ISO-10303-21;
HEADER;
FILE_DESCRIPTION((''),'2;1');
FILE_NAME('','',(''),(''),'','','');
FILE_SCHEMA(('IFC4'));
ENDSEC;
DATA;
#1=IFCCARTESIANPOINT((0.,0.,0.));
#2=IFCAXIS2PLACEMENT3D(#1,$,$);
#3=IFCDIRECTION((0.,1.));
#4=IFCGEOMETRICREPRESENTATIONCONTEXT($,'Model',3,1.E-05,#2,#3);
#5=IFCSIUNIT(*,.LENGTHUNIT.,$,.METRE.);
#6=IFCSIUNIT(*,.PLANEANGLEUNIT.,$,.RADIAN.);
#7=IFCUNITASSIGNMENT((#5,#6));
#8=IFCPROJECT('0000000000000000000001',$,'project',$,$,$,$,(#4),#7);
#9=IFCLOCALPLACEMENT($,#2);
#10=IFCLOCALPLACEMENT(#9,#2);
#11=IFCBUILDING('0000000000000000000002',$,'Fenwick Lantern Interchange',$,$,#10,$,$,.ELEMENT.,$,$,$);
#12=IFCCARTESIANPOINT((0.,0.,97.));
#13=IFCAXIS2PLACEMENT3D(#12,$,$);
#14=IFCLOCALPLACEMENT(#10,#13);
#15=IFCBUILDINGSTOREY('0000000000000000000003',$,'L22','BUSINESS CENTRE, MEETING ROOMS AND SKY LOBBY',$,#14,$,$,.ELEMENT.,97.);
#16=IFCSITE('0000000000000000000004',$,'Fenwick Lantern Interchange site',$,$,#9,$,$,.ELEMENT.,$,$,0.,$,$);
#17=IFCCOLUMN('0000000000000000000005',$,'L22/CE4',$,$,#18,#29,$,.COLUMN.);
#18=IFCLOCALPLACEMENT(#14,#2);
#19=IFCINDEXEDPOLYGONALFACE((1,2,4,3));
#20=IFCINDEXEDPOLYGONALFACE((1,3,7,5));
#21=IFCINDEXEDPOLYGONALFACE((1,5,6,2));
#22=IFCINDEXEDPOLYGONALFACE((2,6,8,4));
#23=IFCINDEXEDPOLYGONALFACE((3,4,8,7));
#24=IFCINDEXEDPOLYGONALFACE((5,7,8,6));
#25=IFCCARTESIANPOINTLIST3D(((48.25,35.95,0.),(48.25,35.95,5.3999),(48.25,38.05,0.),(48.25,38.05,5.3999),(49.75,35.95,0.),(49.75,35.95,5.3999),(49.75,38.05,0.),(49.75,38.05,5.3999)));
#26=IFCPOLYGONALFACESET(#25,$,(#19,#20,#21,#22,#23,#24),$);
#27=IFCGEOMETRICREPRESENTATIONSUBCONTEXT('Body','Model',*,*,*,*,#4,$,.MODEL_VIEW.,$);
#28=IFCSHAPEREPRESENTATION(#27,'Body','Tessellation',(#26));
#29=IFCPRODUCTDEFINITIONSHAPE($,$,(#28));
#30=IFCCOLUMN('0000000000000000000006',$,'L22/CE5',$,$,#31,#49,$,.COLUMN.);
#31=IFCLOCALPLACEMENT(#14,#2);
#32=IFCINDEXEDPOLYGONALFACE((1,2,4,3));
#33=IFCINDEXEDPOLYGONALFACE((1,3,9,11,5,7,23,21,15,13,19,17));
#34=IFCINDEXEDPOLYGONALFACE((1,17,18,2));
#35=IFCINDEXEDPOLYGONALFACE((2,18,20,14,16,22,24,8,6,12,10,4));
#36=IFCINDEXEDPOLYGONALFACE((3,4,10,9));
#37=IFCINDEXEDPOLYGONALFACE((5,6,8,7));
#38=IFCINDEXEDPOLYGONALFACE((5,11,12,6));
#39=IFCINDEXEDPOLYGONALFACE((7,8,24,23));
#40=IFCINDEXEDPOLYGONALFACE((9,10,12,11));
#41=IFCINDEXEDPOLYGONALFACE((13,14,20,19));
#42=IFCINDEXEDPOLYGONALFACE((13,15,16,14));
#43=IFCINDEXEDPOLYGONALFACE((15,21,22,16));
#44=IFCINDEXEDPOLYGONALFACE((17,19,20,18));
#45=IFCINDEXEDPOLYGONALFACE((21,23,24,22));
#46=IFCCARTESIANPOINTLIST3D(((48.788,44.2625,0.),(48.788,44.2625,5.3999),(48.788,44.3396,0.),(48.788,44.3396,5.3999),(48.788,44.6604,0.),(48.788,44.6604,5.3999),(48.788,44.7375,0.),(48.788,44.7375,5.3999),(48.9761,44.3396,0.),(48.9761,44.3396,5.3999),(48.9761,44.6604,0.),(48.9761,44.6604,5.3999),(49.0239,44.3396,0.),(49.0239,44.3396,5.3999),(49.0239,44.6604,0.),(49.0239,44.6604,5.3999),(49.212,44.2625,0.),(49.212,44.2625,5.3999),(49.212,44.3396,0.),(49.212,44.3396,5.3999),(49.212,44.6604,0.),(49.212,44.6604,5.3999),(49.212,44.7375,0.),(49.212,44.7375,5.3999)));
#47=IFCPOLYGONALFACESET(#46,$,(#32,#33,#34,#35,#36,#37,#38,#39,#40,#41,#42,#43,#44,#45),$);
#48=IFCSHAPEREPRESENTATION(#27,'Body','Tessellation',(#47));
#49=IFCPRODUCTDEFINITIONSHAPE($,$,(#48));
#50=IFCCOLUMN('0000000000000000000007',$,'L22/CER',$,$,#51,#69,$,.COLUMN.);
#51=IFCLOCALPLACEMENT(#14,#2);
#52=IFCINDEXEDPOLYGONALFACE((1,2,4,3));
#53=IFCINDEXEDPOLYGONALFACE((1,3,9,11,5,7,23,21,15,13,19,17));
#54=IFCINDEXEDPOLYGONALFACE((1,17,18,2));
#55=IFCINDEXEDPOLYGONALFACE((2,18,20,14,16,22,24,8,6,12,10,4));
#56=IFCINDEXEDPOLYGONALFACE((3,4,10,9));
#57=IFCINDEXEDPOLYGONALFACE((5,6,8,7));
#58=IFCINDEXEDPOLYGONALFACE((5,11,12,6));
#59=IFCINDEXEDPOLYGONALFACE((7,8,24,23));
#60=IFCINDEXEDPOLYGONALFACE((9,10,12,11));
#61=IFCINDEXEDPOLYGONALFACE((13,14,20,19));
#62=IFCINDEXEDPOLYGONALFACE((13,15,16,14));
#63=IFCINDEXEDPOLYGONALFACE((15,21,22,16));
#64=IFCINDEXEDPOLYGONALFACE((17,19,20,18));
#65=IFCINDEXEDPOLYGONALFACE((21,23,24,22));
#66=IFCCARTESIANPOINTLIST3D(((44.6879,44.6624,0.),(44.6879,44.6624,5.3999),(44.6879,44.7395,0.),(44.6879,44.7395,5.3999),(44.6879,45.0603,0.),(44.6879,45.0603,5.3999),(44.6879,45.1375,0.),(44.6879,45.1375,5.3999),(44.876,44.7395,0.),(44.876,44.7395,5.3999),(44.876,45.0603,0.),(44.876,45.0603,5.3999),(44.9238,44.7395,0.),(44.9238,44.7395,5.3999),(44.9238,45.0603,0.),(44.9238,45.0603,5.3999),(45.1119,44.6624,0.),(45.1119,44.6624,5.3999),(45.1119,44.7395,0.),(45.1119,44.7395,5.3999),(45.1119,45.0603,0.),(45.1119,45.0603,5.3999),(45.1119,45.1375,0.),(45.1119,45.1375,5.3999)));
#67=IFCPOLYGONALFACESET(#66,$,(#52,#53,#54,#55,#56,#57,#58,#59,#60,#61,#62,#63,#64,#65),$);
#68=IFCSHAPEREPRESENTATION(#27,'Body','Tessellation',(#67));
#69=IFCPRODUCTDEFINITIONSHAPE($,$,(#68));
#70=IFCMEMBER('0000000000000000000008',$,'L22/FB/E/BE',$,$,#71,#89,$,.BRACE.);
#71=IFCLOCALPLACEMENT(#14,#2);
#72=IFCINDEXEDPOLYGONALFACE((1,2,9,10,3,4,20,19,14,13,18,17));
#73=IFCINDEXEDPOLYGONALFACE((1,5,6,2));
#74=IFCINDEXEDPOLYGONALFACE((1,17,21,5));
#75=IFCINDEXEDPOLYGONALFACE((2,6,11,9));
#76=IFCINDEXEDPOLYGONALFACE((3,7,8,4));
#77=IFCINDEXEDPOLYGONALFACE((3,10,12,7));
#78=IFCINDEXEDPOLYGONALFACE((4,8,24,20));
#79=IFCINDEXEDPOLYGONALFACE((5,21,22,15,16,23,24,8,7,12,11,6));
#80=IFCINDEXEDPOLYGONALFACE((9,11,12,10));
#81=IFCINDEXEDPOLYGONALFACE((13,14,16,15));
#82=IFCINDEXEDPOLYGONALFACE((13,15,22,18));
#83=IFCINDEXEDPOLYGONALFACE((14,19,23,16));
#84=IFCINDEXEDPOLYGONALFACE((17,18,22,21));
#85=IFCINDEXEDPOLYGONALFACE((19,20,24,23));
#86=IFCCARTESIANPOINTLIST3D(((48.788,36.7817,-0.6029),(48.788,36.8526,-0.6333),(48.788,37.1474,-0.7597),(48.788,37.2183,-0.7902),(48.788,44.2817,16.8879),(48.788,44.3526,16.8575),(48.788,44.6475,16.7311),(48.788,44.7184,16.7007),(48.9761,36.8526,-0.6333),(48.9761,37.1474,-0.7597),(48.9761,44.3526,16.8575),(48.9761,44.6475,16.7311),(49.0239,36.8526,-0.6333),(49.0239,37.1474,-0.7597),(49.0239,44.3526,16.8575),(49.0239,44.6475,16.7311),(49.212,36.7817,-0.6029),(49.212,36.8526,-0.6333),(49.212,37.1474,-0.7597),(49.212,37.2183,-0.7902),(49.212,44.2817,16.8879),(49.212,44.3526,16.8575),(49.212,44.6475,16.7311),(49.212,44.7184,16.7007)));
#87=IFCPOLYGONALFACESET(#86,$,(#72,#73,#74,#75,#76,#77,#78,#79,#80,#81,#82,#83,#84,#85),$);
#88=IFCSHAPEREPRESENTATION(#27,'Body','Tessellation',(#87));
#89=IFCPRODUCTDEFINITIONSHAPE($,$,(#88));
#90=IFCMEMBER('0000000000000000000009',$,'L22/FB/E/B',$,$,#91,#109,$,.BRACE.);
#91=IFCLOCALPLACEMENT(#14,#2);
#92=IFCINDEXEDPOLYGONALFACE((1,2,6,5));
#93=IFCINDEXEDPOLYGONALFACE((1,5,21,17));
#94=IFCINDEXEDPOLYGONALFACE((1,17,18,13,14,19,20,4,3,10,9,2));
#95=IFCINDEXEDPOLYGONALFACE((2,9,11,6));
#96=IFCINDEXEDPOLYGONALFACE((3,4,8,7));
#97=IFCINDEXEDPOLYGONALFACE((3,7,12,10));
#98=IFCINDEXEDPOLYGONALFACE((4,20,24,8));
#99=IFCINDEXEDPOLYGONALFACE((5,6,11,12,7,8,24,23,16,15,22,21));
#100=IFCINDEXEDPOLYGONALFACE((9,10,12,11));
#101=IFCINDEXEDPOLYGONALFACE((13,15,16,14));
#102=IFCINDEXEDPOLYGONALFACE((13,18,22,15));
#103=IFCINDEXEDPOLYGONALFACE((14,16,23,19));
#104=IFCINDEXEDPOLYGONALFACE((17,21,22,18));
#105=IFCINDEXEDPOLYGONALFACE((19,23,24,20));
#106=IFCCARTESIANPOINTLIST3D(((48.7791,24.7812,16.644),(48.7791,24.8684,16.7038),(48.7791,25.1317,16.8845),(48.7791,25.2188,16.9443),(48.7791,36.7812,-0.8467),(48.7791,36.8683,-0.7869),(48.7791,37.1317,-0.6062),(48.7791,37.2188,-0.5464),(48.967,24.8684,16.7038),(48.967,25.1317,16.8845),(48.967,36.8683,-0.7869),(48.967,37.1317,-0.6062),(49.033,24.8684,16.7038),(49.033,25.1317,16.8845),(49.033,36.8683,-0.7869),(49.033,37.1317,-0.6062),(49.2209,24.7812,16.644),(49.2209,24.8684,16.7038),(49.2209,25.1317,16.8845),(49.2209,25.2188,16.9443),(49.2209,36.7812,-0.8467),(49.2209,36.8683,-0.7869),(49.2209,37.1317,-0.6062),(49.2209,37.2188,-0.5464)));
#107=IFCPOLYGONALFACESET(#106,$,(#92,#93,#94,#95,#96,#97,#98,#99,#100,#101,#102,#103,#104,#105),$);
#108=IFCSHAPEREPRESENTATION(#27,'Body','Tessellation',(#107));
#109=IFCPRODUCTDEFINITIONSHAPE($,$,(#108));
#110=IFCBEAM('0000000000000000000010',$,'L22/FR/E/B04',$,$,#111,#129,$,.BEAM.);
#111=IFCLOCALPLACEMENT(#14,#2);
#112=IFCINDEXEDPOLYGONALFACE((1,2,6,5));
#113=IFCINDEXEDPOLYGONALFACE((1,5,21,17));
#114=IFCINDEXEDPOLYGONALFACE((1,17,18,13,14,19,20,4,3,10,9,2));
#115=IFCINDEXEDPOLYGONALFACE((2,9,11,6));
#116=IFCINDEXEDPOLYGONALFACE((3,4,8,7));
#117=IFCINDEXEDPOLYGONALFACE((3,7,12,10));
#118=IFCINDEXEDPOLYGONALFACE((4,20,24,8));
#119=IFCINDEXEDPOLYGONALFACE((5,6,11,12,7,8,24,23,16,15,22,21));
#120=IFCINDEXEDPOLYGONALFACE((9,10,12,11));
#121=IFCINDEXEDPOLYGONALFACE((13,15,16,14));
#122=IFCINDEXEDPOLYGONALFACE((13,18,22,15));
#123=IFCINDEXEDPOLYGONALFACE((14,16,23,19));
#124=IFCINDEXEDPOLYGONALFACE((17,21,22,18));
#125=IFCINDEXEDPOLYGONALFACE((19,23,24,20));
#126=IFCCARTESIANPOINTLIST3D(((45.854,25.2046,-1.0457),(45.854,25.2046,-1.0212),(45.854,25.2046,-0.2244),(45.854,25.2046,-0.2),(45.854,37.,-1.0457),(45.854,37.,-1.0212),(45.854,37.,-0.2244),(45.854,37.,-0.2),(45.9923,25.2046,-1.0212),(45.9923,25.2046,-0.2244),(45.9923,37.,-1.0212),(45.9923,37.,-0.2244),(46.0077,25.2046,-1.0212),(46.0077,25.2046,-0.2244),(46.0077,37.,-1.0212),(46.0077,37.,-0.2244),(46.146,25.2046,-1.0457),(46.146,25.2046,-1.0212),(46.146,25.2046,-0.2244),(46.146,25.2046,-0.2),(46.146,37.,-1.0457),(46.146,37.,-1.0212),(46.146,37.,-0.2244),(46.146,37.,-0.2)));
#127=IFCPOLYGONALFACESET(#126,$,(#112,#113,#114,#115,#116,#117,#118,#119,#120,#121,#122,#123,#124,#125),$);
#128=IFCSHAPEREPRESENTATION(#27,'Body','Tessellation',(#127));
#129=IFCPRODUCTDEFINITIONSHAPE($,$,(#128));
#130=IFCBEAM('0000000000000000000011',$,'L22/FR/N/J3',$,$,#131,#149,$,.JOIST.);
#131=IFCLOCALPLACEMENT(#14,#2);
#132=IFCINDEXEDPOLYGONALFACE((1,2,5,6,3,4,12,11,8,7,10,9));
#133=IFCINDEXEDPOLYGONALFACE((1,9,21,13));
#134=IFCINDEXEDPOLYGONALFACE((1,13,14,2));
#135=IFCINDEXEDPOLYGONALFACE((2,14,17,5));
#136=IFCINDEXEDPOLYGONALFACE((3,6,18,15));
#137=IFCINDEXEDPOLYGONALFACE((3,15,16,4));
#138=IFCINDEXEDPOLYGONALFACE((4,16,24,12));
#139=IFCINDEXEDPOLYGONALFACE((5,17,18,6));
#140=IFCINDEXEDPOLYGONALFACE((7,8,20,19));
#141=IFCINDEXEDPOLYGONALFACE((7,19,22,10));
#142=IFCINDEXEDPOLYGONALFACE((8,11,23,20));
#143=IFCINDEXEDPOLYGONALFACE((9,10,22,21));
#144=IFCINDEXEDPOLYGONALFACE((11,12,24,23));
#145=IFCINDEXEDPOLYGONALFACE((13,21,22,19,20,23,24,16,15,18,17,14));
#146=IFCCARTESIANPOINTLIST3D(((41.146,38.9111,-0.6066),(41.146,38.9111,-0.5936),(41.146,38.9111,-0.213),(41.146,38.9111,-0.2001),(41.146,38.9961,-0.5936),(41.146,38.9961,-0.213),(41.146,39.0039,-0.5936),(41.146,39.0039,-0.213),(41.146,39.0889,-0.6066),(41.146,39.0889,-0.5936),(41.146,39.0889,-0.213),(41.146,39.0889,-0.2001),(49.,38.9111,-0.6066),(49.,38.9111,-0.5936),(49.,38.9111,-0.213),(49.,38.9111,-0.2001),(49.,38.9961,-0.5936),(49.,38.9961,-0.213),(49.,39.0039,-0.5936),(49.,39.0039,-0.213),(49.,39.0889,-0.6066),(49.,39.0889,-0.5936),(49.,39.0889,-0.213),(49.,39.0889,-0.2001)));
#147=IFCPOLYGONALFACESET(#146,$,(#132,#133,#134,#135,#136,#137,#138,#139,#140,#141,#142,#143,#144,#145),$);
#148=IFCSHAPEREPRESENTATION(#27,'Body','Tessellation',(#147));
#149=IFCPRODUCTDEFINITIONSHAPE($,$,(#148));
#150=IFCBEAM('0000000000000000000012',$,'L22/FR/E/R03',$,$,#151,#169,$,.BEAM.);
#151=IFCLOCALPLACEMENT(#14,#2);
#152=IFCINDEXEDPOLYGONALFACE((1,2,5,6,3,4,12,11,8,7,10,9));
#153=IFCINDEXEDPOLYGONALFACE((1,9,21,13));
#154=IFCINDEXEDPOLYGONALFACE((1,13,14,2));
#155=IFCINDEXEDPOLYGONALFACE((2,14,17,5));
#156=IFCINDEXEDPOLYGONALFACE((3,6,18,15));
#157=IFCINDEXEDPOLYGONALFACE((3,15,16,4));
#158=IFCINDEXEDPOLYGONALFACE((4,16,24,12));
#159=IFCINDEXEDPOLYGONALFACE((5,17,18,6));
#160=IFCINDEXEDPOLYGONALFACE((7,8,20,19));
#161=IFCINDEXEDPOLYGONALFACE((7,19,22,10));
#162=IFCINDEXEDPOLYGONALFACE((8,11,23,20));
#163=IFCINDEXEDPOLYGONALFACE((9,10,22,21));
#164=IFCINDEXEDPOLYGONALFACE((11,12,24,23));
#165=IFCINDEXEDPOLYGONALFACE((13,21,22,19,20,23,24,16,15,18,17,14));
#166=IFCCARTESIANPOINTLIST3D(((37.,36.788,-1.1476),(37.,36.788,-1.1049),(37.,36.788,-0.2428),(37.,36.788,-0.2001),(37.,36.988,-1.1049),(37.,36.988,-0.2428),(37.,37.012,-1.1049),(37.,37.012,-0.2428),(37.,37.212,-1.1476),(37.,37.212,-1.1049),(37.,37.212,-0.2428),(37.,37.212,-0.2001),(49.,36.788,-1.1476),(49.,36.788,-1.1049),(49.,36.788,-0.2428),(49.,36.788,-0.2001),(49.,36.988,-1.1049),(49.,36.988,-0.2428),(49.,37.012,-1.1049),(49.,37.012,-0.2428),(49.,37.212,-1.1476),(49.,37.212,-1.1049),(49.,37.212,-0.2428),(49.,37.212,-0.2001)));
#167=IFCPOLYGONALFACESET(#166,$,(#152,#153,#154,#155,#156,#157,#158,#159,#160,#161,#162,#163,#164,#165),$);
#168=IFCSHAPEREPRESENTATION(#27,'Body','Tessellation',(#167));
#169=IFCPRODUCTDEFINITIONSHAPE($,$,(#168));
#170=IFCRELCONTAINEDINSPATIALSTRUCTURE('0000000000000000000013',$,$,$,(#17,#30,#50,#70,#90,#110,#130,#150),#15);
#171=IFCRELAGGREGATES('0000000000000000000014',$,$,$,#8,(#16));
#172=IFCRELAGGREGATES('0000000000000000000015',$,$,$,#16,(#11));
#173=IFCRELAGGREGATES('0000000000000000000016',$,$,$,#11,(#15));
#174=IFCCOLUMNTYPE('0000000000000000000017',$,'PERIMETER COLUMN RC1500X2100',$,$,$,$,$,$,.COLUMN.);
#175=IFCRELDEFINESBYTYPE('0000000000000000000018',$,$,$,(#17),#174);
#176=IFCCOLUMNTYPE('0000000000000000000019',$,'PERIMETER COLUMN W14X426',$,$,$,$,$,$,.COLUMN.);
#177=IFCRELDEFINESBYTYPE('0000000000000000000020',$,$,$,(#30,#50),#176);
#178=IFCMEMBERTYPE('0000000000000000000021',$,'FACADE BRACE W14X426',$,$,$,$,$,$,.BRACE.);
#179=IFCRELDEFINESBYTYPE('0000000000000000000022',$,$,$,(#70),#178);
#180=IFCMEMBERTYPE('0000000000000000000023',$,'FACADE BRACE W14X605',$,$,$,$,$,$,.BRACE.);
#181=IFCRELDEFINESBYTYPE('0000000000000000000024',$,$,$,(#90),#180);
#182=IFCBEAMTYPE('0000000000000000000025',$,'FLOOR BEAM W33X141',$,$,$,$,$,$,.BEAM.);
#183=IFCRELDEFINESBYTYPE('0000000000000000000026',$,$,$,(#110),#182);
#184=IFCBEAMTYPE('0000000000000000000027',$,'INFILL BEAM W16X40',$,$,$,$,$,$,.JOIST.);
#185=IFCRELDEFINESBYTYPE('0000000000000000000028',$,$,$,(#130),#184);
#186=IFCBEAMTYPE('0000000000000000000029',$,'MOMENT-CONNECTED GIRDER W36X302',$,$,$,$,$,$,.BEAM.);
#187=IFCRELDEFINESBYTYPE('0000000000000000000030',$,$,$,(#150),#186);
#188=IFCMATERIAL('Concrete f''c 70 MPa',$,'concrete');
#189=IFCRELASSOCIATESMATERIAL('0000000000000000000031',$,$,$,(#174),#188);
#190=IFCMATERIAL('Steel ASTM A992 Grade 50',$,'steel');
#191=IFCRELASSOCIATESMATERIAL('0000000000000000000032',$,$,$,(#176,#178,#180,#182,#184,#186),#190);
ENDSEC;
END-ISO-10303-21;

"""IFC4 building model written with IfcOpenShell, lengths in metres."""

from ifc_helpers import new_model, si_unit, direction, frame, origin, origin_2d, place, context, subcontext, project, spatial, rectangle, i_section, extrude, material, material_profile, profile_set, type_object, element, save


model = new_model("IFC4")

# Units and contexts
model_context = context("Model", 3, precision=1e-05, world=origin(), true_north=direction((0.0, 1.0)))
body_context = subcontext(model_context, "Body", "Model", "MODEL_VIEW")
ifc_project = project(units=[si_unit("LENGTHUNIT", "METRE"), si_unit("PLANEANGLEUNIT", "RADIAN")], contexts=[model_context])

# Site, building, storey
site_placement = place(None, origin())
site = spatial("IfcSite", under=ifc_project, at=site_placement, Name="Fenwick Lantern Interchange site", CompositionType="ELEMENT", RefElevation=0.0)
building_placement = place(site_placement, origin())
building = spatial("IfcBuilding", under=site, at=building_placement, Name="Fenwick Lantern Interchange", CompositionType="ELEMENT")
storey_placement = place(building_placement, frame((0.0, 0.0, 97.0)))
storey = spatial("IfcBuildingStorey", under=building, at=storey_placement, Name="L22", Description="BUSINESS CENTRE, MEETING ROOMS AND SKY LOBBY", CompositionType="ELEMENT", Elevation=97.0)

# Columns
ifc_material_1 = material(Name="Concrete f'c 70 MPa", Category="concrete")
ifc_material_profile_1 = material_profile(ifc_material_1, rectangle(XDim=1.5, YDim=2.1001, at=origin_2d()), Name="RC1500X2100")
ifc_profile_set_1 = profile_set([ifc_material_profile_1], Name="Concrete f'c 70 MPa")
column_type_1 = type_object("IfcColumnType", Name="PERIMETER COLUMN RC1500X2100", PredefinedType="COLUMN", material=ifc_profile_set_1)
column_placement = place(storey_placement, frame((49.0, 37.0, 0.0), z_axis=(0.0, 0.0, 1.0), x_axis=(1.0, 0.0, 0.0)))
element("IfcColumn", 1, at=column_placement, inside=storey, type_object=column_type_1, Name="L22/CE4", PredefinedType="COLUMN", context=body_context, shape_type="SweptSolid", body=[
    extrude(rectangle(XDim=1.5, YDim=2.1001, at=origin_2d()), origin(), (0.0, 0.0, 1.0), 5.3999),
])
ifc_material_2 = material(Name="Steel ASTM A992 Grade 50", Category="steel")
ifc_material_profile_2 = material_profile(ifc_material_2, i_section(OverallWidth=0.4241, OverallDepth=0.4751, WebThickness=0.0479, FlangeThickness=0.0771, at=origin_2d()), Name="W14X426")
ifc_profile_set_2 = profile_set([ifc_material_profile_2], Name="Steel ASTM A992 Grade 50")
column_type_2 = type_object("IfcColumnType", Name="PERIMETER COLUMN W14X426", PredefinedType="COLUMN", material=ifc_profile_set_2)
for number, where, z_axis, x_axis, name in (
    (2, (49.0, 44.5, 0.0), (0.0, 0.0, 1.0), (1.0, 0.0, 0.0), "L22/CE5"),
    (3, (44.8999, 44.8999, 0.0), (0.0, 0.0, 1.0), (1.0, 0.0, 0.0), "L22/CER"),
):
    element("IfcColumn", number, at=place(storey_placement, frame(where, z_axis=z_axis, x_axis=x_axis)), inside=storey, type_object=column_type_2, Name=name, PredefinedType="COLUMN", context=body_context, shape_type="SweptSolid", body=[
        extrude(i_section(OverallWidth=0.4241, OverallDepth=0.4751, WebThickness=0.0479, FlangeThickness=0.0771, at=origin_2d()), origin(), (0.0, 0.0, 1.0), 5.3999),
    ])

# Members
ifc_material_profile_3 = material_profile(ifc_material_2, i_section(OverallWidth=0.4241, OverallDepth=0.4751, WebThickness=0.0479, FlangeThickness=0.0771, at=origin_2d()), Name="W14X426")
ifc_profile_set_3 = profile_set([ifc_material_profile_3], Name="Steel ASTM A992 Grade 50")
member_type_1 = type_object("IfcMemberType", Name="FACADE BRACE W14X426", PredefinedType="BRACE", material=ifc_profile_set_3)
member_1_placement = place(storey_placement, frame((49.0, 37.0, -0.6965), z_axis=(0.0, 0.394096, 0.919069), x_axis=(-1.0, 0.0, 0.0)))
element("IfcMember", 4, at=member_1_placement, inside=storey, type_object=member_type_1, Name="L22/FB/E/BE", PredefinedType="BRACE", context=body_context, shape_type="SweptSolid", body=[
    extrude(i_section(OverallWidth=0.4241, OverallDepth=0.4751, WebThickness=0.0479, FlangeThickness=0.0771, at=origin_2d()), origin(), (0.0, 0.0, 1.0), 19.031),
])
ifc_material_profile_4 = material_profile(ifc_material_2, i_section(OverallWidth=0.4419, OverallDepth=0.5308, WebThickness=0.0659, FlangeThickness=0.1057, at=origin_2d()), Name="W14X605")
ifc_profile_set_4 = profile_set([ifc_material_profile_4], Name="Steel ASTM A992 Grade 50")
member_type_2 = type_object("IfcMemberType", Name="FACADE BRACE W14X605", PredefinedType="BRACE", material=ifc_profile_set_4)
member_2_placement = place(storey_placement, frame((49.0, 37.0, -0.6965), z_axis=(0.0, -0.565732, 0.824589), x_axis=(1.0, 0.0, 0.0)))
element("IfcMember", 5, at=member_2_placement, inside=storey, type_object=member_type_2, Name="L22/FB/E/B", PredefinedType="BRACE", context=body_context, shape_type="SweptSolid", body=[
    extrude(i_section(OverallWidth=0.4419, OverallDepth=0.5308, WebThickness=0.0659, FlangeThickness=0.1057, at=origin_2d()), origin(), (0.0, 0.0, 1.0), 21.2114),
])

# Beams
ifc_material_profile_5 = material_profile(ifc_material_2, i_section(OverallWidth=0.292, OverallDepth=0.8457, WebThickness=0.0154, FlangeThickness=0.0244, at=origin_2d()), Name="W33X141")
ifc_profile_set_5 = profile_set([ifc_material_profile_5], Name="Steel ASTM A992 Grade 50")
beam_type_1 = type_object("IfcBeamType", Name="FLOOR BEAM W33X141", PredefinedType="BEAM", material=ifc_profile_set_5)
beam_1_placement = place(storey_placement, frame((46.0, 25.2046, -0.6228), z_axis=(0.0, 1.0, 0.0), x_axis=(-1.0, 0.0, 0.0)))
element("IfcBeam", 6, at=beam_1_placement, inside=storey, type_object=beam_type_1, Name="L22/FR/E/B04", PredefinedType="BEAM", context=body_context, shape_type="SweptSolid", body=[
    extrude(i_section(OverallWidth=0.292, OverallDepth=0.8457, WebThickness=0.0154, FlangeThickness=0.0244, at=origin_2d()), origin(), (0.0, 0.0, 1.0), 11.7954),
])
ifc_material_profile_6 = material_profile(ifc_material_2, i_section(OverallWidth=0.1777, OverallDepth=0.4065, WebThickness=0.0078, FlangeThickness=0.0129, at=origin_2d()), Name="W16X40")
ifc_profile_set_6 = profile_set([ifc_material_profile_6], Name="Steel ASTM A992 Grade 50")
beam_type_2 = type_object("IfcBeamType", Name="INFILL BEAM W16X40", PredefinedType="JOIST", material=ifc_profile_set_6)
beam_2_placement = place(storey_placement, frame((49.0, 39.0, -0.4033), z_axis=(-1.0, 0.0, 0.0), x_axis=(0.0, -1.0, 0.0)))
element("IfcBeam", 7, at=beam_2_placement, inside=storey, type_object=beam_type_2, Name="L22/FR/N/J3", PredefinedType="JOIST", context=body_context, shape_type="SweptSolid", body=[
    extrude(i_section(OverallWidth=0.1777, OverallDepth=0.4065, WebThickness=0.0078, FlangeThickness=0.0129, at=origin_2d()), origin(), (0.0, 0.0, 1.0), 7.854),
])
ifc_material_profile_7 = material_profile(ifc_material_2, i_section(OverallWidth=0.4241, OverallDepth=0.9475, WebThickness=0.0239, FlangeThickness=0.0427, at=origin_2d()), Name="W36X302")
ifc_profile_set_7 = profile_set([ifc_material_profile_7], Name="Steel ASTM A992 Grade 50")
beam_type_3 = type_object("IfcBeamType", Name="MOMENT-CONNECTED GIRDER W36X302", PredefinedType="BEAM", material=ifc_profile_set_7)
beam_3_placement = place(storey_placement, frame((49.0, 37.0, -0.6738), z_axis=(-1.0, 0.0, 0.0), x_axis=(0.0, -1.0, 0.0)))
element("IfcBeam", 8, at=beam_3_placement, inside=storey, type_object=beam_type_3, Name="L22/FR/E/R03", PredefinedType="BEAM", context=body_context, shape_type="SweptSolid", body=[
    extrude(i_section(OverallWidth=0.4241, OverallDepth=0.9475, WebThickness=0.0239, FlangeThickness=0.0427, at=origin_2d()), origin(), (0.0, 0.0, 1.0), 12.0),
])

save(model, "model.ifc")
